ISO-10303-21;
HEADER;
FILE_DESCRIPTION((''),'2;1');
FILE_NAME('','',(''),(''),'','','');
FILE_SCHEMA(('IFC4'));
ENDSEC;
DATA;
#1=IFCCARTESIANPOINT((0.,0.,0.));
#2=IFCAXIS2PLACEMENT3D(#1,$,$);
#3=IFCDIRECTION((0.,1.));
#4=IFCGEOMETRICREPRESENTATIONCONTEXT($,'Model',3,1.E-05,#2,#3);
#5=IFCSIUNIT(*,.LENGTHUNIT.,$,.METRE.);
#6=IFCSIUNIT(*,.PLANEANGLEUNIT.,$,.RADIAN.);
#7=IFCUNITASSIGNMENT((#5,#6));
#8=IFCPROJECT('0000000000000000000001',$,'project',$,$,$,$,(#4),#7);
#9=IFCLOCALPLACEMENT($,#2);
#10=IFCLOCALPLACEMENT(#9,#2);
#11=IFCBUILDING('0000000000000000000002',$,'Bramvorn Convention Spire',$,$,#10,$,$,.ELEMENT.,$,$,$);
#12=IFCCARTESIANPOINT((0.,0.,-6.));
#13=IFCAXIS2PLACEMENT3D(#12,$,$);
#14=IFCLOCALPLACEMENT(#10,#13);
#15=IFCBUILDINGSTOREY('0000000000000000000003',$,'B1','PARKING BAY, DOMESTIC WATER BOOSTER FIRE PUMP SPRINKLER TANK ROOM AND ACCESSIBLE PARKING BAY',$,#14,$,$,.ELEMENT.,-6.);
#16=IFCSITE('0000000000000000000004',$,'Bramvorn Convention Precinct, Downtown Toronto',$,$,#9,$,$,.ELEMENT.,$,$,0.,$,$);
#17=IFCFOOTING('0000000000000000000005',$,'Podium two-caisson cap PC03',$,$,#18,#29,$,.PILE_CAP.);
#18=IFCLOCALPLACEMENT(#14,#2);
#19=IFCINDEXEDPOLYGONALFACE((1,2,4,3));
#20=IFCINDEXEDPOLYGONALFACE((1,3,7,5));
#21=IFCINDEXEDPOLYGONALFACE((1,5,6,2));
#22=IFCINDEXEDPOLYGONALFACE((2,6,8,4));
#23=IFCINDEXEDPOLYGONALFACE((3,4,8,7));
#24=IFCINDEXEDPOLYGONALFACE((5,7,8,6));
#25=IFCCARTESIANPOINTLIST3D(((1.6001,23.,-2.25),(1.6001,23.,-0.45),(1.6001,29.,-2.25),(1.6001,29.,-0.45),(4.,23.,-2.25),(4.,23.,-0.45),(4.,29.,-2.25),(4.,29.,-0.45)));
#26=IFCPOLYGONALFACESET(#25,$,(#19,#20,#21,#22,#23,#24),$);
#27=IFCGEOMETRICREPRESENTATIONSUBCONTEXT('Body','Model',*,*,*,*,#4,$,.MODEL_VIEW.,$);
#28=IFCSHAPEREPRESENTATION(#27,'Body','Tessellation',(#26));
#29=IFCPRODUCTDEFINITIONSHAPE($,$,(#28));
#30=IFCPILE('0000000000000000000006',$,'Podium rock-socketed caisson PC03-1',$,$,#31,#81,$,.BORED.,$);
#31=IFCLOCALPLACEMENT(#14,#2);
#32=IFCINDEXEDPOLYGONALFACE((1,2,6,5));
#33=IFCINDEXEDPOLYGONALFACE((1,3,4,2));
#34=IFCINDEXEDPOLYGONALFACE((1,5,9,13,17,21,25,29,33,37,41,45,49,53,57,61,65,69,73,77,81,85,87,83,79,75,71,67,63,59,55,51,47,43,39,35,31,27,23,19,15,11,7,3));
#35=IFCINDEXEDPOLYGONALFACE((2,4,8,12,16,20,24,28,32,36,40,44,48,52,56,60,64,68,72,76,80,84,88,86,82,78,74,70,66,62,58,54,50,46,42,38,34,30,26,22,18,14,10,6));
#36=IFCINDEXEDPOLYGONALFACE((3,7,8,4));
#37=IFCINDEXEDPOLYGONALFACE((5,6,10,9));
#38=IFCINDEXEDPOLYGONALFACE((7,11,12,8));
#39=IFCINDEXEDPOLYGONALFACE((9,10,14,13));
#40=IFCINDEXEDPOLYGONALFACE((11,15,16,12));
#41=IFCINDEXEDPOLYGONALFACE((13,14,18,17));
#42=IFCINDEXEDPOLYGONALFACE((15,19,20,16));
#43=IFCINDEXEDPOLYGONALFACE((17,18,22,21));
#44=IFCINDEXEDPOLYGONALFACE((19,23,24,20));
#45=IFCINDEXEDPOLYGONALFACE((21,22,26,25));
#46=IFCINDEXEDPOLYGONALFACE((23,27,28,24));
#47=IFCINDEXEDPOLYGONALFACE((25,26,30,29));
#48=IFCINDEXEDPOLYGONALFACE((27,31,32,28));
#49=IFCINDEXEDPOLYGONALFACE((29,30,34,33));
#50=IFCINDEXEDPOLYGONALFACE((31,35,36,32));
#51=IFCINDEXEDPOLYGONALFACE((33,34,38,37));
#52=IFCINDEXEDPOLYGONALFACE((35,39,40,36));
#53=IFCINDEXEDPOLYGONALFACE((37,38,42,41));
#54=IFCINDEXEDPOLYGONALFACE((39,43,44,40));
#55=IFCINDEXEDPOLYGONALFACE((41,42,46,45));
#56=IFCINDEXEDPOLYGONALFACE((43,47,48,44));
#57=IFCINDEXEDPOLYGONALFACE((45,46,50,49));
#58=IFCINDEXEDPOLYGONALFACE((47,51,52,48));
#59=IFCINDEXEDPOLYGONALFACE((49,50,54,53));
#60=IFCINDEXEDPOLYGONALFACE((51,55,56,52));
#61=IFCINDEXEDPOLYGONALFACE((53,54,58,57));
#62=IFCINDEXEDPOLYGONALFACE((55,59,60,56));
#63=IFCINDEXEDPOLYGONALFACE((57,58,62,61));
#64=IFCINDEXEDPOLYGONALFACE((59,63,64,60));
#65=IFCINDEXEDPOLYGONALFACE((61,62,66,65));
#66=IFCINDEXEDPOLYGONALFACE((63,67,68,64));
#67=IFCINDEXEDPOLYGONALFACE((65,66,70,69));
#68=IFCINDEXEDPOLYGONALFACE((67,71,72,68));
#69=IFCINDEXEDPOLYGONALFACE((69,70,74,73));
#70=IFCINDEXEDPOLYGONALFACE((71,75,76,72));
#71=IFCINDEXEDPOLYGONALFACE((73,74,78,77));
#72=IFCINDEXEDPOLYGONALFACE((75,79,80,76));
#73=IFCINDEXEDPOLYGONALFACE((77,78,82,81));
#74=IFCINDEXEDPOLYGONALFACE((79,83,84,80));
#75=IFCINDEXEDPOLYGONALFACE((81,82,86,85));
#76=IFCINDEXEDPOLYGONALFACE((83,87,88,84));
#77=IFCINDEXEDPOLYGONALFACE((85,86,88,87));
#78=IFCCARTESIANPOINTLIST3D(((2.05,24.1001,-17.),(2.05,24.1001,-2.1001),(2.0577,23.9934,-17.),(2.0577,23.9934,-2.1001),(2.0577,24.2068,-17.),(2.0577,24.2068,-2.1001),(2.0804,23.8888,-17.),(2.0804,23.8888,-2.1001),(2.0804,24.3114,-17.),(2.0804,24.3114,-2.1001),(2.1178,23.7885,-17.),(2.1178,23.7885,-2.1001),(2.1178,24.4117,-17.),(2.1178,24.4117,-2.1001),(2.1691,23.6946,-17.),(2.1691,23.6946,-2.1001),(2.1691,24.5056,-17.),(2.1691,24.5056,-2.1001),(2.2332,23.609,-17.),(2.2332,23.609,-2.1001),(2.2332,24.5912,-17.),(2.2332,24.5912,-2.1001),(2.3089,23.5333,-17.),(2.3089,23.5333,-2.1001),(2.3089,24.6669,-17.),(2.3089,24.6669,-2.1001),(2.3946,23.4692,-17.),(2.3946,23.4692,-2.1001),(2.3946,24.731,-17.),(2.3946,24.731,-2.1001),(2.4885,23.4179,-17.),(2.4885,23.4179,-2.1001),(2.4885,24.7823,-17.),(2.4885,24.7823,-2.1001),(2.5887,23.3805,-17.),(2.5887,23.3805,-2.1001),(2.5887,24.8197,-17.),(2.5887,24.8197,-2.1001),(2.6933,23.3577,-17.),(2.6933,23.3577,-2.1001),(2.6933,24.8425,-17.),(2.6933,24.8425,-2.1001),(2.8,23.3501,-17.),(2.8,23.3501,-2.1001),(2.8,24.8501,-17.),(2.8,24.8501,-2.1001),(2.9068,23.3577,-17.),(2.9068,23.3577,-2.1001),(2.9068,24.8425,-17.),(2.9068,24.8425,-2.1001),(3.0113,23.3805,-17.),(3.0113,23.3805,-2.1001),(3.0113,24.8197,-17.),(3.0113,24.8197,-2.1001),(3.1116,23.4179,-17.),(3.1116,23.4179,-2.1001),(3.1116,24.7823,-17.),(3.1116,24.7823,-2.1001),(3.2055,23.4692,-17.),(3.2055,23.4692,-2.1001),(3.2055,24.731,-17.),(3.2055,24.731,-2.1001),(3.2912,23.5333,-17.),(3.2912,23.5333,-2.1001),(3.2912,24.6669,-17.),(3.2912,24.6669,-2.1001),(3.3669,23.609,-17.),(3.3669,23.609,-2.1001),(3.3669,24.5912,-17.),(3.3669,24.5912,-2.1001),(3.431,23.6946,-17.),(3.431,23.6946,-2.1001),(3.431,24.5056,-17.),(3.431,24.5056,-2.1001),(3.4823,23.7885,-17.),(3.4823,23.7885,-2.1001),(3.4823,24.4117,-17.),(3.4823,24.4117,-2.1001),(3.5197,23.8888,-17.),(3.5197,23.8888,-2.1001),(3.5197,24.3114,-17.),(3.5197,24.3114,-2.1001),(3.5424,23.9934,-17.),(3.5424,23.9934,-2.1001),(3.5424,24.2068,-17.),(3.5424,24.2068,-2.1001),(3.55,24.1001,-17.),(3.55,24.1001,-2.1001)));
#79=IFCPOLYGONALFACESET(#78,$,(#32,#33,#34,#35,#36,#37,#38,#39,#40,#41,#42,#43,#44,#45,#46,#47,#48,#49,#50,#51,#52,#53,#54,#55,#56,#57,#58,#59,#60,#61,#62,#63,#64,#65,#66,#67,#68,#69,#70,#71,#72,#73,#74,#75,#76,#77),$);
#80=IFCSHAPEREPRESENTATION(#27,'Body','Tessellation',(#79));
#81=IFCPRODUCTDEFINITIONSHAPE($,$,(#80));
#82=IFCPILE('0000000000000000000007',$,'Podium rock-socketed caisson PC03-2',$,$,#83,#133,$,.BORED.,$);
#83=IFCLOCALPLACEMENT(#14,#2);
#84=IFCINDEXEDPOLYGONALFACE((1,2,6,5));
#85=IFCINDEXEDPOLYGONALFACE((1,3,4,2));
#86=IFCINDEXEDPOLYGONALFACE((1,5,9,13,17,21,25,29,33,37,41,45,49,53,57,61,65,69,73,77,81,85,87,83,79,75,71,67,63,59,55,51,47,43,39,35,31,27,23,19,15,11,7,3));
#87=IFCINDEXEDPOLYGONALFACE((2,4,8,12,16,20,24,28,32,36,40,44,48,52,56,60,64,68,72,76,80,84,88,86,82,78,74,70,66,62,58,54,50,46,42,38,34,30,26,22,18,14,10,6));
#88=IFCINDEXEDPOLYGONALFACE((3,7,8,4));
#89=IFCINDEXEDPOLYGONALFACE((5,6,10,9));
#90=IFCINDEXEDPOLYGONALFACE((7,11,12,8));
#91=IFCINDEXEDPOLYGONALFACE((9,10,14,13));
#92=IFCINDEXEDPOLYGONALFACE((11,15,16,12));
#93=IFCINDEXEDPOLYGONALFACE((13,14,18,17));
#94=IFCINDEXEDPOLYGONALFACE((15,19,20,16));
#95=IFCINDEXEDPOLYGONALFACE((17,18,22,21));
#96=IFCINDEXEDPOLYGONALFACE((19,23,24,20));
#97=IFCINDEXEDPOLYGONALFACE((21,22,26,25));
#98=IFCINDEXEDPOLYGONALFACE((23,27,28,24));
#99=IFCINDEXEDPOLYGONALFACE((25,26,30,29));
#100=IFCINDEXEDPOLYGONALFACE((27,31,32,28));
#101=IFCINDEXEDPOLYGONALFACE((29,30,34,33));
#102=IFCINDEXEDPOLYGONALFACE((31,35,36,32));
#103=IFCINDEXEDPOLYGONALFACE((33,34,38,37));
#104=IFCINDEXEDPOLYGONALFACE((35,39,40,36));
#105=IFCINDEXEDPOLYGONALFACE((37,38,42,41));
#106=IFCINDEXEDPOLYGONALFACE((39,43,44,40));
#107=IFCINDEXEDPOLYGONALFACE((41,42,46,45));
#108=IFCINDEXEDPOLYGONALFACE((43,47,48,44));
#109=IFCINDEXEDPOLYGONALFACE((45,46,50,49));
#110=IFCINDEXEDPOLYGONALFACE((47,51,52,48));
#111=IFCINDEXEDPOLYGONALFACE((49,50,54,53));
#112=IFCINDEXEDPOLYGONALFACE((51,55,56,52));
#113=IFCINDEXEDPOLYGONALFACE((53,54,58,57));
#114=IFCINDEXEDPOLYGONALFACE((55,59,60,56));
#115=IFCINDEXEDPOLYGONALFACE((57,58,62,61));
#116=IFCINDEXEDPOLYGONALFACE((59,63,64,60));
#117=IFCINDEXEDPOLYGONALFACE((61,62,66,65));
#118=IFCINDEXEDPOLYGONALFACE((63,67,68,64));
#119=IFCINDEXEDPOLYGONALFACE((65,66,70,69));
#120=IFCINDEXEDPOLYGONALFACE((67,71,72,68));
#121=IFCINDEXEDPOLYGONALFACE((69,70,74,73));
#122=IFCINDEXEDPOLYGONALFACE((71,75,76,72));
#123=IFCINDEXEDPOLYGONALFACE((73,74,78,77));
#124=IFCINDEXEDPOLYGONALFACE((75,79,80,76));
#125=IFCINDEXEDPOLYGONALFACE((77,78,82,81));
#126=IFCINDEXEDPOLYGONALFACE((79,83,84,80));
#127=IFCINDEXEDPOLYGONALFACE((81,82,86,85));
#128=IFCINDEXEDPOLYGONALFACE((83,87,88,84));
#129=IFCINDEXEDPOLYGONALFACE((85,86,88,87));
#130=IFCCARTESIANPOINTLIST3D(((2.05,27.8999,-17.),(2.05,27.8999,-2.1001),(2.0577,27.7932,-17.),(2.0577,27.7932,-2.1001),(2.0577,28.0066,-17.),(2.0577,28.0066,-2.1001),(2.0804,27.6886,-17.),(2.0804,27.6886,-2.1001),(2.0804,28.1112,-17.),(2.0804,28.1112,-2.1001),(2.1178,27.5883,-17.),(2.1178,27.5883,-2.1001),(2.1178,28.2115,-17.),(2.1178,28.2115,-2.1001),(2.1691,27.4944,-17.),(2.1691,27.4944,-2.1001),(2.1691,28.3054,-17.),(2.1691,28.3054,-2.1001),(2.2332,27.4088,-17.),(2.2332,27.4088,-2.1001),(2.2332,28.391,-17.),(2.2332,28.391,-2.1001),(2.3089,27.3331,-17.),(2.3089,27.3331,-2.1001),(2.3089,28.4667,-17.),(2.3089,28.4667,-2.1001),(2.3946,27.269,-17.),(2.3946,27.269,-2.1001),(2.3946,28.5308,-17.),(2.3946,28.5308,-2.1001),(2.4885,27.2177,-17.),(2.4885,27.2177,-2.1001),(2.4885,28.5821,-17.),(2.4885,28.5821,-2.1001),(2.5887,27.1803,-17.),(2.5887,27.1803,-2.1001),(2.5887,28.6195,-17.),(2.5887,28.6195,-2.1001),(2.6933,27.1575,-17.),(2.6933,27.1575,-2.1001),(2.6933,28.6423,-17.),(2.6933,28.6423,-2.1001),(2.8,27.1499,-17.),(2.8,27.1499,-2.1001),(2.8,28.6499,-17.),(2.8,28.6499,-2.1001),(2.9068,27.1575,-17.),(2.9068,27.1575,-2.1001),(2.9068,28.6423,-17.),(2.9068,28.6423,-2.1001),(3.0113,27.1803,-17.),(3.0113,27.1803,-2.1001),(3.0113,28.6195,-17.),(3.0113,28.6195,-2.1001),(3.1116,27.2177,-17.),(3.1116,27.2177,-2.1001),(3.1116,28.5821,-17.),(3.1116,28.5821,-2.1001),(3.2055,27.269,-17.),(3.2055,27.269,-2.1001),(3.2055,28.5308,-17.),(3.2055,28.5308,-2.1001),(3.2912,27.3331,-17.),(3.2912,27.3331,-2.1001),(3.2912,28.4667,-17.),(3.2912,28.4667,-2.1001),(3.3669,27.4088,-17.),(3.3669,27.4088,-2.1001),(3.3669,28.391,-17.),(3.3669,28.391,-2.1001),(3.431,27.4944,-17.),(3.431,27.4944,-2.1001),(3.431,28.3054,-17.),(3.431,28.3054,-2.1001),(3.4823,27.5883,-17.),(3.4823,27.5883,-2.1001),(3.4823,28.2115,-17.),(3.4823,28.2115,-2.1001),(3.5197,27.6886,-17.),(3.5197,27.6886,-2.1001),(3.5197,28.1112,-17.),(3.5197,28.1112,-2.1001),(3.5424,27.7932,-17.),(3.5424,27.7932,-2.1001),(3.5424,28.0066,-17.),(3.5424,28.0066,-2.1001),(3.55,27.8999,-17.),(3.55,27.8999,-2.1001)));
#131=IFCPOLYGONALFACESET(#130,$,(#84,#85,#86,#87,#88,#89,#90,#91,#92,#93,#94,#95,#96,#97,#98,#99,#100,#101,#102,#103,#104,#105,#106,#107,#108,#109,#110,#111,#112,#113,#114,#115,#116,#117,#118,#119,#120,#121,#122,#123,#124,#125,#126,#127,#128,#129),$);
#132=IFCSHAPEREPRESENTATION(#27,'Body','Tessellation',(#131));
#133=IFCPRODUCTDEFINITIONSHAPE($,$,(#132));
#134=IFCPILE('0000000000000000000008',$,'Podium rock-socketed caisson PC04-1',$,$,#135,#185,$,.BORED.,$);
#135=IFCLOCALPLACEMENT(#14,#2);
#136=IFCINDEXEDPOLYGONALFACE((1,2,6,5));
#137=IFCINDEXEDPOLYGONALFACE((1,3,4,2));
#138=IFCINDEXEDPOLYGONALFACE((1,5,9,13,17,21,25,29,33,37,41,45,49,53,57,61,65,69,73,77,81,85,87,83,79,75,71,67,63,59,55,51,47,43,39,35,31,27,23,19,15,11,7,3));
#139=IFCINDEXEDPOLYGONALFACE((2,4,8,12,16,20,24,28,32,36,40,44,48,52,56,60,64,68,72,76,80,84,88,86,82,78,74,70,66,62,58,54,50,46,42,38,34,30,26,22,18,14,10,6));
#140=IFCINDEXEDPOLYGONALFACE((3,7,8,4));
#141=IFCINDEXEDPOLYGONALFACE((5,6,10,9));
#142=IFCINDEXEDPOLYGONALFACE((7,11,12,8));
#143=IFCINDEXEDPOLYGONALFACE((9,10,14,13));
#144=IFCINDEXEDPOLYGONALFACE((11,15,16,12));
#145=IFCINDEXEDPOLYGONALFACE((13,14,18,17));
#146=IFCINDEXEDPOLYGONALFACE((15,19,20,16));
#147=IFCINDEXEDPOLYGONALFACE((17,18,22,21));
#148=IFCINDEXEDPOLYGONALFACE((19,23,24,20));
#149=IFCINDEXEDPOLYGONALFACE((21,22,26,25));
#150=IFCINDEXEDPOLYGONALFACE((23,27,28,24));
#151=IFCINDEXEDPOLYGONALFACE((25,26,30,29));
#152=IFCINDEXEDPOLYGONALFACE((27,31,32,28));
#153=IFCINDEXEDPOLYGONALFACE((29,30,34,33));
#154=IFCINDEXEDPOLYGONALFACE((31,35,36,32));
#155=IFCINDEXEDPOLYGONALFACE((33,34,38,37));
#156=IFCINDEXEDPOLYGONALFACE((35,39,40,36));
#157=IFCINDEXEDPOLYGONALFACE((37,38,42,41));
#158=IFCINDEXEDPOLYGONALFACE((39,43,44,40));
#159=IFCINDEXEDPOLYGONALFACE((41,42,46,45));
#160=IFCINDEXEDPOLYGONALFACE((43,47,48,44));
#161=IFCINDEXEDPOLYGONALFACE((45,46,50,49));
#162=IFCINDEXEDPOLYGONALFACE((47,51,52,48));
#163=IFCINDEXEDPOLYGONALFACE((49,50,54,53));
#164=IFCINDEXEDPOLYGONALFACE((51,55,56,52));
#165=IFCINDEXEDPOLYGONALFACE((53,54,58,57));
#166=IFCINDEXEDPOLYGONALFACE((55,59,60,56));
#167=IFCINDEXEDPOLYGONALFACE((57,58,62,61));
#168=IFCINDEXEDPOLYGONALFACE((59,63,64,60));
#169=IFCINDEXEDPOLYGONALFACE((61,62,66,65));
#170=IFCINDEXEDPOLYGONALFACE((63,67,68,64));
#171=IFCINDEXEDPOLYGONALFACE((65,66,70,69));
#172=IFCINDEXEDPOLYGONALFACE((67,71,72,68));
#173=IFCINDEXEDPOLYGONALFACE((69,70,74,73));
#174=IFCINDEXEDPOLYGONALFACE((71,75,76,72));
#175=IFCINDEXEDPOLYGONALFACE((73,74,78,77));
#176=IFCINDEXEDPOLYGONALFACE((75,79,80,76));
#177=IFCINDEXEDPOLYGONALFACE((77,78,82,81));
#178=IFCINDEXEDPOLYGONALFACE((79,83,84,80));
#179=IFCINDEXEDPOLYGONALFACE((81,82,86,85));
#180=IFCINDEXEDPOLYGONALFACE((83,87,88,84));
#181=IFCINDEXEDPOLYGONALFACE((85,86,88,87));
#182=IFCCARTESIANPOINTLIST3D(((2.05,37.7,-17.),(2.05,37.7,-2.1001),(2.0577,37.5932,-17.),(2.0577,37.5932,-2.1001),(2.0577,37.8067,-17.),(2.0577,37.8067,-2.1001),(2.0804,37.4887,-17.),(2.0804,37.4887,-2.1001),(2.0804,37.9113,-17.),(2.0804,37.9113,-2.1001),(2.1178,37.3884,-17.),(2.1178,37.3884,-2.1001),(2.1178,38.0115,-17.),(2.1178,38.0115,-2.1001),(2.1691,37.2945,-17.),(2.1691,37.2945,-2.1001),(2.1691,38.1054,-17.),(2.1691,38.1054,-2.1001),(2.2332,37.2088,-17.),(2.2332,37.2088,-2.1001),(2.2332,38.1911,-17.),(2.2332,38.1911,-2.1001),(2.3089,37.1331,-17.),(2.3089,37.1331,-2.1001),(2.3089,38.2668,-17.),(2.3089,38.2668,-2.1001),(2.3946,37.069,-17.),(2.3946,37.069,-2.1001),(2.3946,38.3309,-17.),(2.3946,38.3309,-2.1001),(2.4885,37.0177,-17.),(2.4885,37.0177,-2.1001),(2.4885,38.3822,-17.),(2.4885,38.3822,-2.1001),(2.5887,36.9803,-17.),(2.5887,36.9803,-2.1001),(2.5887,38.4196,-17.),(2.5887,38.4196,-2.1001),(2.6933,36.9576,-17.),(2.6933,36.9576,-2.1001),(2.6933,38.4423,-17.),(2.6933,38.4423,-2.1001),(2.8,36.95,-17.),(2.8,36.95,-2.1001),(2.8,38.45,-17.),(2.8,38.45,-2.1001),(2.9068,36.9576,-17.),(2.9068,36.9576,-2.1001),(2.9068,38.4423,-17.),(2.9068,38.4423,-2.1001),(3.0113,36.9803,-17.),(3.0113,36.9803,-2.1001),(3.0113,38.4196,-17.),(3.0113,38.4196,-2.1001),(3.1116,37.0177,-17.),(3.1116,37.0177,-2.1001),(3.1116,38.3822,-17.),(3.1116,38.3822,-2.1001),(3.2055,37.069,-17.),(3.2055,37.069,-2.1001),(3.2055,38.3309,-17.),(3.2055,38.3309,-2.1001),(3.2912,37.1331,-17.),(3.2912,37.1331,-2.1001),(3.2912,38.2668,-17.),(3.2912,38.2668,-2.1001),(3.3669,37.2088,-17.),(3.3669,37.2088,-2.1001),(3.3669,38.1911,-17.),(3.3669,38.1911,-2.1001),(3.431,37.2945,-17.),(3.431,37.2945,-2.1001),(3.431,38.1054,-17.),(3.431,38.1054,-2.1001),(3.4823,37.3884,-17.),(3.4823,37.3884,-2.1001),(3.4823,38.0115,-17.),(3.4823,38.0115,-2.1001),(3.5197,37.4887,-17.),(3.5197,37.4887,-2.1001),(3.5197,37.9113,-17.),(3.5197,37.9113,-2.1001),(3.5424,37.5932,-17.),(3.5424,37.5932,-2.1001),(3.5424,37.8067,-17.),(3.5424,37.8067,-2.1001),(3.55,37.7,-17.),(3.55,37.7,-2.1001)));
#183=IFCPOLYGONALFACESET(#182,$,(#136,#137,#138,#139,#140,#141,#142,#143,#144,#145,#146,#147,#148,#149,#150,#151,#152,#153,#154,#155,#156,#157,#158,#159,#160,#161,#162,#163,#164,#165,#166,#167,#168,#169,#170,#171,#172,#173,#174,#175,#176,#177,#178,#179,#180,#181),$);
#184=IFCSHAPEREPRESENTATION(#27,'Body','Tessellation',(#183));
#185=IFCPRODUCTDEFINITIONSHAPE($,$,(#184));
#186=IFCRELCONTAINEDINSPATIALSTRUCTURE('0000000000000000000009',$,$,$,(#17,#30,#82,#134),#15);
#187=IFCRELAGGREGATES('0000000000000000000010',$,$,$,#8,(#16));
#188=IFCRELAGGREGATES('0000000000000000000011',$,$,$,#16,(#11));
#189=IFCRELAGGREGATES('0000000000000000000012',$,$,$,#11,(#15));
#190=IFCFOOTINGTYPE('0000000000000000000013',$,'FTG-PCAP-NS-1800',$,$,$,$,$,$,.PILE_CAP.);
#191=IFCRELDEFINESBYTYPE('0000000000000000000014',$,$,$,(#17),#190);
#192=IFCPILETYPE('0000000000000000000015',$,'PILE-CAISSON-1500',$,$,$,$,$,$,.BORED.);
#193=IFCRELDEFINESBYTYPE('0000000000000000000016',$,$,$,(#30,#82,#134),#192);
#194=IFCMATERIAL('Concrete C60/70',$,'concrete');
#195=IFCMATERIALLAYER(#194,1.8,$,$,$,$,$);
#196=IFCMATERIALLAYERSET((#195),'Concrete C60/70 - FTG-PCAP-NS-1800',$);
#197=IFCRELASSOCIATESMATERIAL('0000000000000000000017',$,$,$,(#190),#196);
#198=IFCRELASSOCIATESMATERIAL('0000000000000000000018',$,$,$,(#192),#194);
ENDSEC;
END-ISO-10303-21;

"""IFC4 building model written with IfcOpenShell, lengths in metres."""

from ifc_helpers import new_model, si_unit, direction, frame, origin, origin_2d, place, context, subcontext, project, spatial, rectangle, circle, extrude, material, layer, layer_set, material_profile, profile_set, type_object, element, save


model = new_model("IFC4")

# Units and contexts
model_context = context("Model", 3, precision=1e-05, world=origin(), true_north=direction((0.0, 1.0)))
body_context = subcontext(model_context, "Body", "Model", "MODEL_VIEW")
ifc_project = project(units=[si_unit("LENGTHUNIT", "METRE"), si_unit("PLANEANGLEUNIT", "RADIAN")], contexts=[model_context])

# Site, building, storey
site_placement = place(None, origin())
site = spatial("IfcSite", under=ifc_project, at=site_placement, Name="Bramvorn Convention Precinct, Downtown Toronto", CompositionType="ELEMENT", RefElevation=0.0)
building_placement = place(site_placement, origin())
building = spatial("IfcBuilding", under=site, at=building_placement, Name="Bramvorn Convention Spire", CompositionType="ELEMENT")
storey_placement = place(building_placement, frame((0.0, 0.0, -6.0)))
storey = spatial("IfcBuildingStorey", under=building, at=storey_placement, Name="B1", Description="PARKING BAY, DOMESTIC WATER BOOSTER FIRE PUMP SPRINKLER TANK ROOM AND ACCESSIBLE PARKING BAY", CompositionType="ELEMENT", Elevation=-6.0)

# Footing
ifc_material_1 = material(Name="Concrete C60/70", Category="concrete")
ifc_layer_1 = layer(ifc_material_1, 1.8)
ifc_layer_set_1 = layer_set([ifc_layer_1], Name="Concrete C60/70 - FTG-PCAP-NS-1800")
footing_type = type_object("IfcFootingType", Name="FTG-PCAP-NS-1800", PredefinedType="PILE_CAP", material=ifc_layer_set_1)
footing_placement = place(storey_placement, frame((2.8, 26.0, -2.25), z_axis=(0.0, 0.0, 1.0), x_axis=(1.0, 0.0, 0.0)))
element("IfcFooting", 1, at=footing_placement, inside=storey, type_object=footing_type, Name="Podium two-caisson cap PC03", PredefinedType="PILE_CAP", context=body_context, shape_type="SweptSolid", body=[
    extrude(rectangle(XDim=2.3999, YDim=6.0, at=origin_2d()), origin(), (0.0, 0.0, 1.0), 1.8),
])

# Piles
ifc_material_profile_1 = material_profile(ifc_material_1, circle(Radius=0.75, at=origin_2d()))
ifc_profile_set_1 = profile_set([ifc_material_profile_1], Name="Concrete C60/70 - CAISSON1500")
pile_type_1 = type_object("IfcPileType", Name="PILE-CAISSON-1500", PredefinedType="BORED", material=ifc_profile_set_1)
for number, where, z_axis, x_axis, name in (
    (2, (2.8, 24.1001, -2.1001), (0.0, 0.0, -1.0), (1.0, 0.0, 0.0), "Podium rock-socketed caisson PC03-1"),
    (3, (2.8, 27.8999, -2.1001), (0.0, 0.0, -1.0), (1.0, 0.0, 0.0), "Podium rock-socketed caisson PC03-2"),
    (4, (2.8, 37.7, -2.1001), (0.0, 0.0, -1.0), (1.0, 0.0, 0.0), "Podium rock-socketed caisson PC04-1"),
):
    element("IfcPile", number, at=place(storey_placement, frame(where, z_axis=z_axis, x_axis=x_axis)), inside=storey, type_object=pile_type_1, Name=name, PredefinedType="BORED", context=body_context, shape_type="SweptSolid", body=[
        extrude(circle(Radius=0.75, at=origin_2d()), origin(), (0.0, 0.0, 1.0), 14.8999),
    ])

save(model, "model.ifc")
